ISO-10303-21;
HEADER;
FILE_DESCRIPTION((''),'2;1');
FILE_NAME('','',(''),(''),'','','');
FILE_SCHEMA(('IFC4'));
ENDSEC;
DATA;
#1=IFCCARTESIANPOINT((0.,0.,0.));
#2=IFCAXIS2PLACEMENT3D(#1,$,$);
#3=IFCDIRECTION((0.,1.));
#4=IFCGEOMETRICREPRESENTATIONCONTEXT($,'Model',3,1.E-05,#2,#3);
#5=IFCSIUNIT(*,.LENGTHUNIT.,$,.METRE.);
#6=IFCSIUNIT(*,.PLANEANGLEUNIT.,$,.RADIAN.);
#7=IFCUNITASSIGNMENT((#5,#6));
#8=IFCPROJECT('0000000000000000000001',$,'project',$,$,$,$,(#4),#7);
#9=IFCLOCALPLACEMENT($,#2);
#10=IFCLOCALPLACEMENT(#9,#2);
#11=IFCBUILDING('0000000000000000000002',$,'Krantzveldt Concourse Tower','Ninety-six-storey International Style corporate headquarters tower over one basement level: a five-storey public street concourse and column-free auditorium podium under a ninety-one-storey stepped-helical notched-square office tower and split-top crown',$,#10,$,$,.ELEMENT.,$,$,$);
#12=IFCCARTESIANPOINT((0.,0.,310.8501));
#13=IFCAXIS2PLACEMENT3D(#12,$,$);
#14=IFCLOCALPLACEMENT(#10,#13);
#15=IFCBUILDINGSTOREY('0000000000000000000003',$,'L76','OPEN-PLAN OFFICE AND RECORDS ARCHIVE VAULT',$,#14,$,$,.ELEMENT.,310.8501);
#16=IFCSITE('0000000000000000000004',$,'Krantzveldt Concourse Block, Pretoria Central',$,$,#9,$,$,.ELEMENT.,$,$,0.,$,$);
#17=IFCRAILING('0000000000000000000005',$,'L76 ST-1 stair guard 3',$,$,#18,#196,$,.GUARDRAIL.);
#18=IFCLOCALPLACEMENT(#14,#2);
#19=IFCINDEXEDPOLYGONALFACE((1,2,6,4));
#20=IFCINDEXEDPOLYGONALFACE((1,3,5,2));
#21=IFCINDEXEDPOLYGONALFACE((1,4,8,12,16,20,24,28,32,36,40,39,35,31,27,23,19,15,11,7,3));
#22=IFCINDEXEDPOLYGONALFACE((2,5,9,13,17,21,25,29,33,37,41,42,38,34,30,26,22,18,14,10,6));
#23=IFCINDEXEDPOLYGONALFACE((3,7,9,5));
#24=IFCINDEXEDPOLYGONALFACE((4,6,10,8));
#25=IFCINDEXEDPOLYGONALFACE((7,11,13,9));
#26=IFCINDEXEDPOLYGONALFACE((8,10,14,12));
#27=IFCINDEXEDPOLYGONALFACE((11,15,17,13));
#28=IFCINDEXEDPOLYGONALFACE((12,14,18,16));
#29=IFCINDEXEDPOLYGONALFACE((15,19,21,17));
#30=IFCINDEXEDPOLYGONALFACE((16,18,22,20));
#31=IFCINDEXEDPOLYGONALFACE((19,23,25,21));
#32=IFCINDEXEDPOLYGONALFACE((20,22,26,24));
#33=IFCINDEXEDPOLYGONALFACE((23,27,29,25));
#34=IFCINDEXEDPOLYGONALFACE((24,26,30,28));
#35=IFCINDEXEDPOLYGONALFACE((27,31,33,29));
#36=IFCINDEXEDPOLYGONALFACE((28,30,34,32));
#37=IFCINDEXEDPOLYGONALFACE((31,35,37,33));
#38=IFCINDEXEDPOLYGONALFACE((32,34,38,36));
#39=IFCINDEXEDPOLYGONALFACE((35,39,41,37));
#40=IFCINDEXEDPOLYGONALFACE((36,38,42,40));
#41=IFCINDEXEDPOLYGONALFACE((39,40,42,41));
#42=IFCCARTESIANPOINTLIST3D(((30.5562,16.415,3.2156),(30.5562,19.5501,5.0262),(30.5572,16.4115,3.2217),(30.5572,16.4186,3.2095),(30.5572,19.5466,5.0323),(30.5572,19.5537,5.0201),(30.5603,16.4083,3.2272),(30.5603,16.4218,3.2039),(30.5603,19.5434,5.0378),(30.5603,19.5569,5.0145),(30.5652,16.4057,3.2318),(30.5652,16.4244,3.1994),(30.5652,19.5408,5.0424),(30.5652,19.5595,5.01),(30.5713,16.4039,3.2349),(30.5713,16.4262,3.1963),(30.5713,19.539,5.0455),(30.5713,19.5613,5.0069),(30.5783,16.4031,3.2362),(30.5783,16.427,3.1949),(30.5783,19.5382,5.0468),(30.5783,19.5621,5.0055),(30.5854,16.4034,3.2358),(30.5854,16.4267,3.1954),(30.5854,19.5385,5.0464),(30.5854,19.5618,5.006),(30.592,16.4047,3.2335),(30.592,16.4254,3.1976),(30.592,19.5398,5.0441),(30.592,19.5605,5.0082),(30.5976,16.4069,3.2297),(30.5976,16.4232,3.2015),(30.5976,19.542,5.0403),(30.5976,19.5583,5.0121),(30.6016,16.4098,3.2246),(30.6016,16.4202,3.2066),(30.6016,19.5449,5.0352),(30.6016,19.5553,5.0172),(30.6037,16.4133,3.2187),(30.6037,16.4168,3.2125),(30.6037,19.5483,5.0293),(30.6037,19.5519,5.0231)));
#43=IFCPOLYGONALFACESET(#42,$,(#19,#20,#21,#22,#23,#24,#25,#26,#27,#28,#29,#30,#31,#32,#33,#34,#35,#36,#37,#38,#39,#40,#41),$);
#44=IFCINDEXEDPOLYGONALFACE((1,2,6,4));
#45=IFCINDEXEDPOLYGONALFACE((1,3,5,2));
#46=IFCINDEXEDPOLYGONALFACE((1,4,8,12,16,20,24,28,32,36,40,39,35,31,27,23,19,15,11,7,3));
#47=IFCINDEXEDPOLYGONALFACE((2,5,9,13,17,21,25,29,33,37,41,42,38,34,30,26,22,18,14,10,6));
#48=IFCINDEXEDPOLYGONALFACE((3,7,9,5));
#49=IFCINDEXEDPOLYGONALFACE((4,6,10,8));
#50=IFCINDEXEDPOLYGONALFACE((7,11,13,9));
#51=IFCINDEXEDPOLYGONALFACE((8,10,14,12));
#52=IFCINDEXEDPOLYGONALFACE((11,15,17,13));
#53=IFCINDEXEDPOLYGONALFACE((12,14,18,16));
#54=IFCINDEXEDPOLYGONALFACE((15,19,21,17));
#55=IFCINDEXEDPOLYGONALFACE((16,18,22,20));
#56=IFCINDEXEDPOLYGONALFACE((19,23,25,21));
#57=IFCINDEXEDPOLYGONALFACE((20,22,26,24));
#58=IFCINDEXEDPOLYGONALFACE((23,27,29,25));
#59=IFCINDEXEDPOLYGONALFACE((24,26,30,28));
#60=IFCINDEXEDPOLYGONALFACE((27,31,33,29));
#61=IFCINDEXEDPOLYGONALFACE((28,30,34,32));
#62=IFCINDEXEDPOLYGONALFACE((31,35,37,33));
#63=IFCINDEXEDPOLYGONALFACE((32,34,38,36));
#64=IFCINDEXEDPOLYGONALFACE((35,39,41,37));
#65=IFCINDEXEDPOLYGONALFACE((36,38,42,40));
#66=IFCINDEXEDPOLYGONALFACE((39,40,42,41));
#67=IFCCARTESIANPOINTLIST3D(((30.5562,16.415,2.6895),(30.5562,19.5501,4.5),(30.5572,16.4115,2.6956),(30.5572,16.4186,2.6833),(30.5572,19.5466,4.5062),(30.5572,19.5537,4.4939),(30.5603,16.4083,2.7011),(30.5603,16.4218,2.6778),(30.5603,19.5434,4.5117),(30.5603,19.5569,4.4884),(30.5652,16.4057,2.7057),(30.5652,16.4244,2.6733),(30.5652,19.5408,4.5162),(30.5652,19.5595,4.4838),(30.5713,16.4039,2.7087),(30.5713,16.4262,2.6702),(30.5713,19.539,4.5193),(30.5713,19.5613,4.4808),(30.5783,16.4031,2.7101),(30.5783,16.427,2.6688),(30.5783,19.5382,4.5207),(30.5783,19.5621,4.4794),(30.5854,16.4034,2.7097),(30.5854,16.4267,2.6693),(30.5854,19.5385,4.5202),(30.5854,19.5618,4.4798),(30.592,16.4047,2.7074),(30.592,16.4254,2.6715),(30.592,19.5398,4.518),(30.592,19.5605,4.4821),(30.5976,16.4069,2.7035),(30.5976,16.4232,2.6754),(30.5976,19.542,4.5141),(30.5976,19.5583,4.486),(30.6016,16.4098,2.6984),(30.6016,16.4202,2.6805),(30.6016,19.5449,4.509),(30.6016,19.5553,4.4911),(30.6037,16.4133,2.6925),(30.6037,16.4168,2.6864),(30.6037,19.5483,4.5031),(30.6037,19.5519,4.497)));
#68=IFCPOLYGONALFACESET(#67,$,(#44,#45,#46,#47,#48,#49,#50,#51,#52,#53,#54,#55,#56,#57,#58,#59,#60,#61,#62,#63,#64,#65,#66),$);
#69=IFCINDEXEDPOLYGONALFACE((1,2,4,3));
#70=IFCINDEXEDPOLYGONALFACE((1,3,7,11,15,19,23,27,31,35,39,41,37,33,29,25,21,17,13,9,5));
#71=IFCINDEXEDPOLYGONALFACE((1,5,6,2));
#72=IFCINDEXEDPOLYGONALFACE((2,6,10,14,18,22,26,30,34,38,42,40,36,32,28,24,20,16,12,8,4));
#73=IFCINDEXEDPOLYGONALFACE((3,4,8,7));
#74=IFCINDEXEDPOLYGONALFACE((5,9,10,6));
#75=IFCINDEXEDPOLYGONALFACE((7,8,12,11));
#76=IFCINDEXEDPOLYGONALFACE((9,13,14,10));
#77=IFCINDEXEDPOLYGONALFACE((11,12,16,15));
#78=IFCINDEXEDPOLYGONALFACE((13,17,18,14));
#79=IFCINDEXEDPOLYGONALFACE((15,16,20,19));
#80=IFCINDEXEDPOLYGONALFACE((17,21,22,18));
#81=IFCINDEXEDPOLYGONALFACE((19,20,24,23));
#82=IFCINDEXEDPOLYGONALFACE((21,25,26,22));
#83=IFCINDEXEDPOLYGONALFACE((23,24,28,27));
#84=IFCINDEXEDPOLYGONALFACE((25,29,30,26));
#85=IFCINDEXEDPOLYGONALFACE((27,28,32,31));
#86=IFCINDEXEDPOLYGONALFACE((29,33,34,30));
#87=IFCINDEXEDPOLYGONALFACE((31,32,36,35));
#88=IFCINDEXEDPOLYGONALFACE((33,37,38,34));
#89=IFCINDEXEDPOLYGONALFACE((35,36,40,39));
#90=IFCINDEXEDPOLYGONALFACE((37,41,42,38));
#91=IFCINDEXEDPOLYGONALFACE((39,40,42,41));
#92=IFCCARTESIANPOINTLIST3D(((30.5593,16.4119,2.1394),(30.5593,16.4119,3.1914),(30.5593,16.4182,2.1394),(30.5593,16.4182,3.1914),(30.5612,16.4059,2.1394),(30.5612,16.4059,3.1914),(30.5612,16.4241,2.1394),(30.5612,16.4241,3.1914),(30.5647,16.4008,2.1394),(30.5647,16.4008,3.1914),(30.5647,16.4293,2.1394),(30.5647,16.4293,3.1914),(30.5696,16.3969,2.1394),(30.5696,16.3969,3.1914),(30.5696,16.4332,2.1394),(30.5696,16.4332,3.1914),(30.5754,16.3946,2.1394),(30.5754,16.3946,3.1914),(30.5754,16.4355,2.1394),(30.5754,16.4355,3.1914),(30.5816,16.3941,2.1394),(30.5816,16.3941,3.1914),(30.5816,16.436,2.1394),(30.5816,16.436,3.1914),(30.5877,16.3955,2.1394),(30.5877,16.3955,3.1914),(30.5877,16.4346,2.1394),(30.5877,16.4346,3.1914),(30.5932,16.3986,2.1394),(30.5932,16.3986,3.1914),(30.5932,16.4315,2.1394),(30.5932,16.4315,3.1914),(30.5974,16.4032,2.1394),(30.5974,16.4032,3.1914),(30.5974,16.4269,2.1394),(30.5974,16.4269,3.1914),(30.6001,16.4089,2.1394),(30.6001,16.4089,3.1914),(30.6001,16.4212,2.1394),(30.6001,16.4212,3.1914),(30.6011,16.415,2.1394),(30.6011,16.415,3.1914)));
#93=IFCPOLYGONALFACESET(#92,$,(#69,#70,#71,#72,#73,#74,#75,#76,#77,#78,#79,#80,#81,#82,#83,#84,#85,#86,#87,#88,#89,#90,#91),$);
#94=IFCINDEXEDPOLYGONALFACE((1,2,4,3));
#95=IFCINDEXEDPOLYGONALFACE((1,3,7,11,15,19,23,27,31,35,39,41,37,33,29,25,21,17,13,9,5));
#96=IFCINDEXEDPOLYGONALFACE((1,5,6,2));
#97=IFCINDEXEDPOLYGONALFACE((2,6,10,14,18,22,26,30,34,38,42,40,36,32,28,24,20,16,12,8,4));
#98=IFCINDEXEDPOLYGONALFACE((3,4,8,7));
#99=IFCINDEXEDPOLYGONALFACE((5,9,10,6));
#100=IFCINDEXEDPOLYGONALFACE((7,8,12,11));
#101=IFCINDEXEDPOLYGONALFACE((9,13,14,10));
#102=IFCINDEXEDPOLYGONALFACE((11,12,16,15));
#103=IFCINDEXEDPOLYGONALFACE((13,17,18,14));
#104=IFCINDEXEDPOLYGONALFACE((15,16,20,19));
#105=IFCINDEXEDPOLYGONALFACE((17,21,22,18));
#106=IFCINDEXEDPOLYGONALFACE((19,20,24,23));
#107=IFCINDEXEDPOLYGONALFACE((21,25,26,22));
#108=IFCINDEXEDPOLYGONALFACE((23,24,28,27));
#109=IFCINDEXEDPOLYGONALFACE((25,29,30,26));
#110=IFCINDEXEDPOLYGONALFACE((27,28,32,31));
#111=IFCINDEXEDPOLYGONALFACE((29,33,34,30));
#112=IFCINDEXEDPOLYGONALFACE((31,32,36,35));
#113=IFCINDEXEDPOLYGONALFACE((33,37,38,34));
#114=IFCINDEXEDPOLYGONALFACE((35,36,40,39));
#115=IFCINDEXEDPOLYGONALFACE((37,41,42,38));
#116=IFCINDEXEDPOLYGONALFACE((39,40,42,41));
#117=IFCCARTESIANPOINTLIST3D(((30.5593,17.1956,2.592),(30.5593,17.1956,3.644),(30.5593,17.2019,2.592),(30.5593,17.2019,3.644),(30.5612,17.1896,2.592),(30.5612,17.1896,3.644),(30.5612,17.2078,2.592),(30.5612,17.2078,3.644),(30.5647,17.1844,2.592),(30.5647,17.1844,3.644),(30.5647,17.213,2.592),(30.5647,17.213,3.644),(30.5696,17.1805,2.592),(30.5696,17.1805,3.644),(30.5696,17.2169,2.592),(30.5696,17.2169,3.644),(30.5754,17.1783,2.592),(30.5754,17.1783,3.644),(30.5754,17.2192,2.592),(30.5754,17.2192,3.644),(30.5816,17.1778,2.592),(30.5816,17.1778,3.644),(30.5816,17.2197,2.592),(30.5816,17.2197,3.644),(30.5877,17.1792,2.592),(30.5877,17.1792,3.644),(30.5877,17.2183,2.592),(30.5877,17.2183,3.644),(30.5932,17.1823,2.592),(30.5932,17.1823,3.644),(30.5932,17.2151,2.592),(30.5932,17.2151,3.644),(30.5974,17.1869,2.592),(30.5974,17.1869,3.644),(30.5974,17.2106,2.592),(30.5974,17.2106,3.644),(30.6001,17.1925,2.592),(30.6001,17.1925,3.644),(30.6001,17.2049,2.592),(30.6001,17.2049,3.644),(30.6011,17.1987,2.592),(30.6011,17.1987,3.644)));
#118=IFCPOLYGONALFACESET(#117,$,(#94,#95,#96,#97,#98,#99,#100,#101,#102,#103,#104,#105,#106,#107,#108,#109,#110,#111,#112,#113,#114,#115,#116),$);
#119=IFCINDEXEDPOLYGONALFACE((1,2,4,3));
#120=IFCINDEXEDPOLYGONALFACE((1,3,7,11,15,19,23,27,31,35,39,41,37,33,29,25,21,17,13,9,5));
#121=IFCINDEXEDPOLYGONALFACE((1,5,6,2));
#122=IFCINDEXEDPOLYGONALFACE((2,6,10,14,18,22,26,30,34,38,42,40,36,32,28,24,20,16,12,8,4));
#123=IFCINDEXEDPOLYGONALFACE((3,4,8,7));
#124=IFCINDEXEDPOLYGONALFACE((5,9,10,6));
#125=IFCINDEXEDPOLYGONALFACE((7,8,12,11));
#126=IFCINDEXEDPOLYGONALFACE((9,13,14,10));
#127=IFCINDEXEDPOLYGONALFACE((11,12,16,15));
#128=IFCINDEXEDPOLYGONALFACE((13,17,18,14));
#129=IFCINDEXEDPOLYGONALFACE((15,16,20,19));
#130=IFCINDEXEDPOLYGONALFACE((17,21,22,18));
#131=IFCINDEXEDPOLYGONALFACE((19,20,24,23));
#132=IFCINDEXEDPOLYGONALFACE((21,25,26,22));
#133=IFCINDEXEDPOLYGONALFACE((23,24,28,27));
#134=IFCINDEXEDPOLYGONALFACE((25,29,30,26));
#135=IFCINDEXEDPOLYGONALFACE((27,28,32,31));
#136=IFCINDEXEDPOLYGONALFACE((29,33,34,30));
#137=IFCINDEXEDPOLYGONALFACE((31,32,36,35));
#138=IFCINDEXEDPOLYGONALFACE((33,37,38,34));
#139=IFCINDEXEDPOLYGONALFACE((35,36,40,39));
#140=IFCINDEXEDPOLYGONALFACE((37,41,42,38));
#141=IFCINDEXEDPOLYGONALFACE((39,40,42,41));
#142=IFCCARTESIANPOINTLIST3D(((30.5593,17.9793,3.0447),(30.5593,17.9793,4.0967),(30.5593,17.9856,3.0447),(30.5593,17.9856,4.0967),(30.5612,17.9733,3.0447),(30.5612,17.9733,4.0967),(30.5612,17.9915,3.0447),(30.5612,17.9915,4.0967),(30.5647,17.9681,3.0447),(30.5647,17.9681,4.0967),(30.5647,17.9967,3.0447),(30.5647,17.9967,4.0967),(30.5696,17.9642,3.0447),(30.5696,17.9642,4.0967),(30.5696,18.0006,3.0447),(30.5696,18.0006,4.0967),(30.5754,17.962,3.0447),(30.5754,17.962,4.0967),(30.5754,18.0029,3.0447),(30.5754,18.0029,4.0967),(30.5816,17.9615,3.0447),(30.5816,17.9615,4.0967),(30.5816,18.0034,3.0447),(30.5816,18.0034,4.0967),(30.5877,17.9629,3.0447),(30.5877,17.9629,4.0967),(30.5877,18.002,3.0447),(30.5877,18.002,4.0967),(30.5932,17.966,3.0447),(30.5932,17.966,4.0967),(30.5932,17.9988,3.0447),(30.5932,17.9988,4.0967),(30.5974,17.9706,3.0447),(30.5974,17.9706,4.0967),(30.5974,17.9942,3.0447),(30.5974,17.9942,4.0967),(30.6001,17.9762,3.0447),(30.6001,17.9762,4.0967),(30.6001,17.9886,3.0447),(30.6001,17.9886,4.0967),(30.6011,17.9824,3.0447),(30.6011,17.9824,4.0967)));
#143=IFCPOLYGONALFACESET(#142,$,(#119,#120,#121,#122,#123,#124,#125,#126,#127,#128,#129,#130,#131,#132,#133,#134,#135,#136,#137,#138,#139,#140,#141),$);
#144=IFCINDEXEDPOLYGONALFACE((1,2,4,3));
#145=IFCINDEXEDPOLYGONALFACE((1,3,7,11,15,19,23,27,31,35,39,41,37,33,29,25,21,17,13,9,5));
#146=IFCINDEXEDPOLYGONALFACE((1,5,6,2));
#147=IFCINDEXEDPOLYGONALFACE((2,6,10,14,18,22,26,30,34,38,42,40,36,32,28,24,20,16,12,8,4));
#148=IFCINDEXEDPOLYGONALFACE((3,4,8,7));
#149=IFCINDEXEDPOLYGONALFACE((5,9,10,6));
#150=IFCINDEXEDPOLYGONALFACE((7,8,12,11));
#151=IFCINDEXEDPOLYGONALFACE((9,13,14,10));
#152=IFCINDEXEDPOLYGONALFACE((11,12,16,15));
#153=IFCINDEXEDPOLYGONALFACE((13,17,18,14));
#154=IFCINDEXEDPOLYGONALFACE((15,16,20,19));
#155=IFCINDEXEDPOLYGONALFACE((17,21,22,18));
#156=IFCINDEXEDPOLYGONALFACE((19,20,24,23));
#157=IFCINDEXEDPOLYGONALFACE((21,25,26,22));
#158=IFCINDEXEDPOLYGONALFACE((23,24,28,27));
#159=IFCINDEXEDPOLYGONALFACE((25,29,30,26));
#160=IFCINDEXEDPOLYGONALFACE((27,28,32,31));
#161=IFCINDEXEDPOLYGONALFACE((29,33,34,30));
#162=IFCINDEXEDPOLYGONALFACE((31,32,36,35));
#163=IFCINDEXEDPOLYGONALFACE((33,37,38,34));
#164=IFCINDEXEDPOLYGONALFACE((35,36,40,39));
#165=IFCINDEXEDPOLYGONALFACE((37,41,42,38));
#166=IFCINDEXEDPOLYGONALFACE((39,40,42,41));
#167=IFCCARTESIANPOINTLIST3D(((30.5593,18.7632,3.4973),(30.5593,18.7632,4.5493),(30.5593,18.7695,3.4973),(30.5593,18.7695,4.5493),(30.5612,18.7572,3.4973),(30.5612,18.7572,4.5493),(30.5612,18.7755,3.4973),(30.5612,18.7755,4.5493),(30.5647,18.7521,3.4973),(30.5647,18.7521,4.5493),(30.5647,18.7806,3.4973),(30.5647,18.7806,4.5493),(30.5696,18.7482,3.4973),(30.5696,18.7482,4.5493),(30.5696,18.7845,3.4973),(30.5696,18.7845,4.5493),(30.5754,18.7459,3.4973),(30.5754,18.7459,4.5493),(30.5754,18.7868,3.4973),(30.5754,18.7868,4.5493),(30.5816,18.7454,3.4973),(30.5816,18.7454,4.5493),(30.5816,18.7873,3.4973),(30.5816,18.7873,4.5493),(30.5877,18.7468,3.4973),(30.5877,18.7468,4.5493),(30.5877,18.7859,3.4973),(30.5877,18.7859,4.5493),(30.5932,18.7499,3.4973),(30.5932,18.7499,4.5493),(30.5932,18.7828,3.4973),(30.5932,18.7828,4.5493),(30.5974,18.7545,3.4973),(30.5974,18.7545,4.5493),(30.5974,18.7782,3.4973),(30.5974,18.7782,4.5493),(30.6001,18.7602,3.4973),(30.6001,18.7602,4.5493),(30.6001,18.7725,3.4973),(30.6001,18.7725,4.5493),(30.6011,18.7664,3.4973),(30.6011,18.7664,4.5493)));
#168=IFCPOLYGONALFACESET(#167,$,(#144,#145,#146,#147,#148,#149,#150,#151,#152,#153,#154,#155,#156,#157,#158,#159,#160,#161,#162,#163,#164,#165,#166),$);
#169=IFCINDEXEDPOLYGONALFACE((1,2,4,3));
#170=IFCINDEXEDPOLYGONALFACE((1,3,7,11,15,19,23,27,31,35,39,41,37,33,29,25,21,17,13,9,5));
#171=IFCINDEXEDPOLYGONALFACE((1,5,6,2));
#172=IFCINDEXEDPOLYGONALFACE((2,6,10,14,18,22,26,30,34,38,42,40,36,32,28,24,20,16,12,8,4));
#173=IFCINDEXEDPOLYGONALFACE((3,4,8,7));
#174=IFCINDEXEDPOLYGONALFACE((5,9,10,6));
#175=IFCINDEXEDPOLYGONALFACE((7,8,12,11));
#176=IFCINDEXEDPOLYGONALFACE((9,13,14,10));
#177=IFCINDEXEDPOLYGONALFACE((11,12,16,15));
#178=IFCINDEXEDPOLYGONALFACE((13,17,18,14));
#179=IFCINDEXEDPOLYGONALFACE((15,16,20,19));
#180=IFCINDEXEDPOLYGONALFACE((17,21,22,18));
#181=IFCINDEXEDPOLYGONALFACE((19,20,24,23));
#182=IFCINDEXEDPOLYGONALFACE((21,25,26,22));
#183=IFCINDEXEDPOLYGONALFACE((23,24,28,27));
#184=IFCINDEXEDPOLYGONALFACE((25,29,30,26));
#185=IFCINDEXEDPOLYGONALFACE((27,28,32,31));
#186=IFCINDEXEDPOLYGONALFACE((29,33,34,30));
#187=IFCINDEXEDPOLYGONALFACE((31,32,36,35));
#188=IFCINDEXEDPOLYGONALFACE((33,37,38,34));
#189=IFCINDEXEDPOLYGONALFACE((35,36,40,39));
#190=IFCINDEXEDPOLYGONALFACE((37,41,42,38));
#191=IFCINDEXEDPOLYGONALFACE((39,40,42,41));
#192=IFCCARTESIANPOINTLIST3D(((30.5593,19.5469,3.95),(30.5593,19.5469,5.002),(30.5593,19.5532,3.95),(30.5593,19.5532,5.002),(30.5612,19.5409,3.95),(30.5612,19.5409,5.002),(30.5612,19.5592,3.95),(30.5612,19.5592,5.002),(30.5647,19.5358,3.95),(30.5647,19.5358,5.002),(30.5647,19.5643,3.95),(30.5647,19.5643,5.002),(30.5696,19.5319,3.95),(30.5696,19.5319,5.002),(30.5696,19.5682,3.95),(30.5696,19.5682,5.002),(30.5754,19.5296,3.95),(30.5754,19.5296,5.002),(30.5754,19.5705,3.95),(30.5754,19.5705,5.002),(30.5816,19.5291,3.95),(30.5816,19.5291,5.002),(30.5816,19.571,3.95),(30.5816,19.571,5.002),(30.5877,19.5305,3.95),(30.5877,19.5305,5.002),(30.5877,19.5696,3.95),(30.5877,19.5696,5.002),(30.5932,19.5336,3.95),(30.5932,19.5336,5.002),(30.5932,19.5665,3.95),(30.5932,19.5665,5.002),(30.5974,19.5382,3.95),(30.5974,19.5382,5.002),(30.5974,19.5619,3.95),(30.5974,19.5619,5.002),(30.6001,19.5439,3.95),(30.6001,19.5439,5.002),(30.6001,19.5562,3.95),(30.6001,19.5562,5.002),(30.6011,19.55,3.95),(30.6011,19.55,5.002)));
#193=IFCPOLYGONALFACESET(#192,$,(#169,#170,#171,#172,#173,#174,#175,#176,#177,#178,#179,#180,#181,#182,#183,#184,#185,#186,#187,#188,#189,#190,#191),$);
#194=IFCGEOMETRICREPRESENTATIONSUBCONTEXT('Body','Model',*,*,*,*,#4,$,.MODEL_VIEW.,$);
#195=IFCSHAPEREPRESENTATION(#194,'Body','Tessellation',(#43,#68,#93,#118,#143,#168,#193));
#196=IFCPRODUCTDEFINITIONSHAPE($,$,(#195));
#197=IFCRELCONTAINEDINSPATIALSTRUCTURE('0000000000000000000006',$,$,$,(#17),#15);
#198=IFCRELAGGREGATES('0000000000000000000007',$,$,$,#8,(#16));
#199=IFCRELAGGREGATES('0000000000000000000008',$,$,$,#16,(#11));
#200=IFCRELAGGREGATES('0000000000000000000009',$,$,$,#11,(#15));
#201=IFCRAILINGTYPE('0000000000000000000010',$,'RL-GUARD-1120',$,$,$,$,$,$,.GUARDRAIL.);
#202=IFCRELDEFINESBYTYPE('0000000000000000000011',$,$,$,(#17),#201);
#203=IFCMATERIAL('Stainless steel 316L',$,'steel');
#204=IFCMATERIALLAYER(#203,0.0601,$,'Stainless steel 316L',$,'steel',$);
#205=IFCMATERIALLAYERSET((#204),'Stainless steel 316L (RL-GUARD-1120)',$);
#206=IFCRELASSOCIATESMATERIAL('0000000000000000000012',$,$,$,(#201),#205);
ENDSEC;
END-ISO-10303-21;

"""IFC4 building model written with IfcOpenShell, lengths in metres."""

from ifc_helpers import new_model, si_unit, direction, frame, origin, origin_2d, place, context, subcontext, project, spatial, circle, extrude, material, layer, layer_set, type_object, element, save


model = new_model("IFC4")

# Units and contexts
model_context = context("Model", 3, precision=1e-05, world=origin(), true_north=direction((0.0, 1.0)))
body_context = subcontext(model_context, "Body", "Model", "MODEL_VIEW")
ifc_project = project(units=[si_unit("LENGTHUNIT", "METRE"), si_unit("PLANEANGLEUNIT", "RADIAN")], contexts=[model_context])

# Site, building, storey
site_placement = place(None, origin())
site = spatial("IfcSite", under=ifc_project, at=site_placement, Name="Krantzveldt Concourse Block, Pretoria Central", CompositionType="ELEMENT", RefElevation=0.0)
building_placement = place(site_placement, origin())
building = spatial("IfcBuilding", under=site, at=building_placement, Name="Krantzveldt Concourse Tower", Description="Ninety-six-storey International Style corporate headquarters tower over one basement level: a five-storey public street concourse and column-free auditorium podium under a ninety-one-storey stepped-helical notched-square office tower and split-top crown", CompositionType="ELEMENT")
storey_placement = place(building_placement, frame((0.0, 0.0, 310.8501)))
storey = spatial("IfcBuildingStorey", under=building, at=storey_placement, Name="L76", Description="OPEN-PLAN OFFICE AND RECORDS ARCHIVE VAULT", CompositionType="ELEMENT", Elevation=310.8501)

# Shared definitions
ifc_material_1 = material(Name="Stainless steel 316L", Category="steel")

# Railing
ifc_layer_1 = layer(ifc_material_1, 0.0601, Name="Stainless steel 316L", Category="steel")
ifc_layer_set_1 = layer_set([ifc_layer_1], Name="Stainless steel 316L (RL-GUARD-1120)")
railing_type_1 = type_object("IfcRailingType", Name="RL-GUARD-1120", PredefinedType="GUARDRAIL", material=ifc_layer_set_1)
railing_1_placement = place(storey_placement, frame((30.5801, 16.415, 2.1394)))
element("IfcRailing", 1, at=railing_1_placement, inside=storey, type_object=railing_type_1, Name="L76 ST-1 stair guard 3", PredefinedType="GUARDRAIL", context=body_context, shape_type="SweptSolid", body=[
    extrude(circle(Radius=0.0239, at=origin_2d()), frame((0.0, 0.0, 1.0762), z_axis=(0.0, 0.86596, 0.500114), x_axis=(-1.0, 0.0, 0.0)), (0.0, 0.0, 1.0), 3.6204),
    extrude(circle(Radius=0.0239, at=origin_2d()), frame((0.0, 0.0, 0.55), z_axis=(0.0, 0.86596, 0.500114), x_axis=(-1.0, 0.0, 0.0)), (0.0, 0.0, 1.0), 3.6204),
    extrude(circle(Radius=0.021, at=origin_2d()), origin(), (0.0, 0.0, 1.0), 1.052),
    extrude(circle(Radius=0.021, at=origin_2d()), frame((0.0, 0.7837, 0.4526)), (0.0, 0.0, 1.0), 1.052),
    extrude(circle(Radius=0.021, at=origin_2d()), frame((0.0, 1.5674, 0.9053)), (0.0, 0.0, 1.0), 1.052),
    extrude(circle(Radius=0.021, at=origin_2d()), frame((0.0, 2.3513, 1.3579)), (0.0, 0.0, 1.0), 1.052),
    extrude(circle(Radius=0.021, at=origin_2d()), frame((0.0, 3.135, 1.8105)), (0.0, 0.0, 1.0), 1.052),
])

save(model, "model.ifc")
